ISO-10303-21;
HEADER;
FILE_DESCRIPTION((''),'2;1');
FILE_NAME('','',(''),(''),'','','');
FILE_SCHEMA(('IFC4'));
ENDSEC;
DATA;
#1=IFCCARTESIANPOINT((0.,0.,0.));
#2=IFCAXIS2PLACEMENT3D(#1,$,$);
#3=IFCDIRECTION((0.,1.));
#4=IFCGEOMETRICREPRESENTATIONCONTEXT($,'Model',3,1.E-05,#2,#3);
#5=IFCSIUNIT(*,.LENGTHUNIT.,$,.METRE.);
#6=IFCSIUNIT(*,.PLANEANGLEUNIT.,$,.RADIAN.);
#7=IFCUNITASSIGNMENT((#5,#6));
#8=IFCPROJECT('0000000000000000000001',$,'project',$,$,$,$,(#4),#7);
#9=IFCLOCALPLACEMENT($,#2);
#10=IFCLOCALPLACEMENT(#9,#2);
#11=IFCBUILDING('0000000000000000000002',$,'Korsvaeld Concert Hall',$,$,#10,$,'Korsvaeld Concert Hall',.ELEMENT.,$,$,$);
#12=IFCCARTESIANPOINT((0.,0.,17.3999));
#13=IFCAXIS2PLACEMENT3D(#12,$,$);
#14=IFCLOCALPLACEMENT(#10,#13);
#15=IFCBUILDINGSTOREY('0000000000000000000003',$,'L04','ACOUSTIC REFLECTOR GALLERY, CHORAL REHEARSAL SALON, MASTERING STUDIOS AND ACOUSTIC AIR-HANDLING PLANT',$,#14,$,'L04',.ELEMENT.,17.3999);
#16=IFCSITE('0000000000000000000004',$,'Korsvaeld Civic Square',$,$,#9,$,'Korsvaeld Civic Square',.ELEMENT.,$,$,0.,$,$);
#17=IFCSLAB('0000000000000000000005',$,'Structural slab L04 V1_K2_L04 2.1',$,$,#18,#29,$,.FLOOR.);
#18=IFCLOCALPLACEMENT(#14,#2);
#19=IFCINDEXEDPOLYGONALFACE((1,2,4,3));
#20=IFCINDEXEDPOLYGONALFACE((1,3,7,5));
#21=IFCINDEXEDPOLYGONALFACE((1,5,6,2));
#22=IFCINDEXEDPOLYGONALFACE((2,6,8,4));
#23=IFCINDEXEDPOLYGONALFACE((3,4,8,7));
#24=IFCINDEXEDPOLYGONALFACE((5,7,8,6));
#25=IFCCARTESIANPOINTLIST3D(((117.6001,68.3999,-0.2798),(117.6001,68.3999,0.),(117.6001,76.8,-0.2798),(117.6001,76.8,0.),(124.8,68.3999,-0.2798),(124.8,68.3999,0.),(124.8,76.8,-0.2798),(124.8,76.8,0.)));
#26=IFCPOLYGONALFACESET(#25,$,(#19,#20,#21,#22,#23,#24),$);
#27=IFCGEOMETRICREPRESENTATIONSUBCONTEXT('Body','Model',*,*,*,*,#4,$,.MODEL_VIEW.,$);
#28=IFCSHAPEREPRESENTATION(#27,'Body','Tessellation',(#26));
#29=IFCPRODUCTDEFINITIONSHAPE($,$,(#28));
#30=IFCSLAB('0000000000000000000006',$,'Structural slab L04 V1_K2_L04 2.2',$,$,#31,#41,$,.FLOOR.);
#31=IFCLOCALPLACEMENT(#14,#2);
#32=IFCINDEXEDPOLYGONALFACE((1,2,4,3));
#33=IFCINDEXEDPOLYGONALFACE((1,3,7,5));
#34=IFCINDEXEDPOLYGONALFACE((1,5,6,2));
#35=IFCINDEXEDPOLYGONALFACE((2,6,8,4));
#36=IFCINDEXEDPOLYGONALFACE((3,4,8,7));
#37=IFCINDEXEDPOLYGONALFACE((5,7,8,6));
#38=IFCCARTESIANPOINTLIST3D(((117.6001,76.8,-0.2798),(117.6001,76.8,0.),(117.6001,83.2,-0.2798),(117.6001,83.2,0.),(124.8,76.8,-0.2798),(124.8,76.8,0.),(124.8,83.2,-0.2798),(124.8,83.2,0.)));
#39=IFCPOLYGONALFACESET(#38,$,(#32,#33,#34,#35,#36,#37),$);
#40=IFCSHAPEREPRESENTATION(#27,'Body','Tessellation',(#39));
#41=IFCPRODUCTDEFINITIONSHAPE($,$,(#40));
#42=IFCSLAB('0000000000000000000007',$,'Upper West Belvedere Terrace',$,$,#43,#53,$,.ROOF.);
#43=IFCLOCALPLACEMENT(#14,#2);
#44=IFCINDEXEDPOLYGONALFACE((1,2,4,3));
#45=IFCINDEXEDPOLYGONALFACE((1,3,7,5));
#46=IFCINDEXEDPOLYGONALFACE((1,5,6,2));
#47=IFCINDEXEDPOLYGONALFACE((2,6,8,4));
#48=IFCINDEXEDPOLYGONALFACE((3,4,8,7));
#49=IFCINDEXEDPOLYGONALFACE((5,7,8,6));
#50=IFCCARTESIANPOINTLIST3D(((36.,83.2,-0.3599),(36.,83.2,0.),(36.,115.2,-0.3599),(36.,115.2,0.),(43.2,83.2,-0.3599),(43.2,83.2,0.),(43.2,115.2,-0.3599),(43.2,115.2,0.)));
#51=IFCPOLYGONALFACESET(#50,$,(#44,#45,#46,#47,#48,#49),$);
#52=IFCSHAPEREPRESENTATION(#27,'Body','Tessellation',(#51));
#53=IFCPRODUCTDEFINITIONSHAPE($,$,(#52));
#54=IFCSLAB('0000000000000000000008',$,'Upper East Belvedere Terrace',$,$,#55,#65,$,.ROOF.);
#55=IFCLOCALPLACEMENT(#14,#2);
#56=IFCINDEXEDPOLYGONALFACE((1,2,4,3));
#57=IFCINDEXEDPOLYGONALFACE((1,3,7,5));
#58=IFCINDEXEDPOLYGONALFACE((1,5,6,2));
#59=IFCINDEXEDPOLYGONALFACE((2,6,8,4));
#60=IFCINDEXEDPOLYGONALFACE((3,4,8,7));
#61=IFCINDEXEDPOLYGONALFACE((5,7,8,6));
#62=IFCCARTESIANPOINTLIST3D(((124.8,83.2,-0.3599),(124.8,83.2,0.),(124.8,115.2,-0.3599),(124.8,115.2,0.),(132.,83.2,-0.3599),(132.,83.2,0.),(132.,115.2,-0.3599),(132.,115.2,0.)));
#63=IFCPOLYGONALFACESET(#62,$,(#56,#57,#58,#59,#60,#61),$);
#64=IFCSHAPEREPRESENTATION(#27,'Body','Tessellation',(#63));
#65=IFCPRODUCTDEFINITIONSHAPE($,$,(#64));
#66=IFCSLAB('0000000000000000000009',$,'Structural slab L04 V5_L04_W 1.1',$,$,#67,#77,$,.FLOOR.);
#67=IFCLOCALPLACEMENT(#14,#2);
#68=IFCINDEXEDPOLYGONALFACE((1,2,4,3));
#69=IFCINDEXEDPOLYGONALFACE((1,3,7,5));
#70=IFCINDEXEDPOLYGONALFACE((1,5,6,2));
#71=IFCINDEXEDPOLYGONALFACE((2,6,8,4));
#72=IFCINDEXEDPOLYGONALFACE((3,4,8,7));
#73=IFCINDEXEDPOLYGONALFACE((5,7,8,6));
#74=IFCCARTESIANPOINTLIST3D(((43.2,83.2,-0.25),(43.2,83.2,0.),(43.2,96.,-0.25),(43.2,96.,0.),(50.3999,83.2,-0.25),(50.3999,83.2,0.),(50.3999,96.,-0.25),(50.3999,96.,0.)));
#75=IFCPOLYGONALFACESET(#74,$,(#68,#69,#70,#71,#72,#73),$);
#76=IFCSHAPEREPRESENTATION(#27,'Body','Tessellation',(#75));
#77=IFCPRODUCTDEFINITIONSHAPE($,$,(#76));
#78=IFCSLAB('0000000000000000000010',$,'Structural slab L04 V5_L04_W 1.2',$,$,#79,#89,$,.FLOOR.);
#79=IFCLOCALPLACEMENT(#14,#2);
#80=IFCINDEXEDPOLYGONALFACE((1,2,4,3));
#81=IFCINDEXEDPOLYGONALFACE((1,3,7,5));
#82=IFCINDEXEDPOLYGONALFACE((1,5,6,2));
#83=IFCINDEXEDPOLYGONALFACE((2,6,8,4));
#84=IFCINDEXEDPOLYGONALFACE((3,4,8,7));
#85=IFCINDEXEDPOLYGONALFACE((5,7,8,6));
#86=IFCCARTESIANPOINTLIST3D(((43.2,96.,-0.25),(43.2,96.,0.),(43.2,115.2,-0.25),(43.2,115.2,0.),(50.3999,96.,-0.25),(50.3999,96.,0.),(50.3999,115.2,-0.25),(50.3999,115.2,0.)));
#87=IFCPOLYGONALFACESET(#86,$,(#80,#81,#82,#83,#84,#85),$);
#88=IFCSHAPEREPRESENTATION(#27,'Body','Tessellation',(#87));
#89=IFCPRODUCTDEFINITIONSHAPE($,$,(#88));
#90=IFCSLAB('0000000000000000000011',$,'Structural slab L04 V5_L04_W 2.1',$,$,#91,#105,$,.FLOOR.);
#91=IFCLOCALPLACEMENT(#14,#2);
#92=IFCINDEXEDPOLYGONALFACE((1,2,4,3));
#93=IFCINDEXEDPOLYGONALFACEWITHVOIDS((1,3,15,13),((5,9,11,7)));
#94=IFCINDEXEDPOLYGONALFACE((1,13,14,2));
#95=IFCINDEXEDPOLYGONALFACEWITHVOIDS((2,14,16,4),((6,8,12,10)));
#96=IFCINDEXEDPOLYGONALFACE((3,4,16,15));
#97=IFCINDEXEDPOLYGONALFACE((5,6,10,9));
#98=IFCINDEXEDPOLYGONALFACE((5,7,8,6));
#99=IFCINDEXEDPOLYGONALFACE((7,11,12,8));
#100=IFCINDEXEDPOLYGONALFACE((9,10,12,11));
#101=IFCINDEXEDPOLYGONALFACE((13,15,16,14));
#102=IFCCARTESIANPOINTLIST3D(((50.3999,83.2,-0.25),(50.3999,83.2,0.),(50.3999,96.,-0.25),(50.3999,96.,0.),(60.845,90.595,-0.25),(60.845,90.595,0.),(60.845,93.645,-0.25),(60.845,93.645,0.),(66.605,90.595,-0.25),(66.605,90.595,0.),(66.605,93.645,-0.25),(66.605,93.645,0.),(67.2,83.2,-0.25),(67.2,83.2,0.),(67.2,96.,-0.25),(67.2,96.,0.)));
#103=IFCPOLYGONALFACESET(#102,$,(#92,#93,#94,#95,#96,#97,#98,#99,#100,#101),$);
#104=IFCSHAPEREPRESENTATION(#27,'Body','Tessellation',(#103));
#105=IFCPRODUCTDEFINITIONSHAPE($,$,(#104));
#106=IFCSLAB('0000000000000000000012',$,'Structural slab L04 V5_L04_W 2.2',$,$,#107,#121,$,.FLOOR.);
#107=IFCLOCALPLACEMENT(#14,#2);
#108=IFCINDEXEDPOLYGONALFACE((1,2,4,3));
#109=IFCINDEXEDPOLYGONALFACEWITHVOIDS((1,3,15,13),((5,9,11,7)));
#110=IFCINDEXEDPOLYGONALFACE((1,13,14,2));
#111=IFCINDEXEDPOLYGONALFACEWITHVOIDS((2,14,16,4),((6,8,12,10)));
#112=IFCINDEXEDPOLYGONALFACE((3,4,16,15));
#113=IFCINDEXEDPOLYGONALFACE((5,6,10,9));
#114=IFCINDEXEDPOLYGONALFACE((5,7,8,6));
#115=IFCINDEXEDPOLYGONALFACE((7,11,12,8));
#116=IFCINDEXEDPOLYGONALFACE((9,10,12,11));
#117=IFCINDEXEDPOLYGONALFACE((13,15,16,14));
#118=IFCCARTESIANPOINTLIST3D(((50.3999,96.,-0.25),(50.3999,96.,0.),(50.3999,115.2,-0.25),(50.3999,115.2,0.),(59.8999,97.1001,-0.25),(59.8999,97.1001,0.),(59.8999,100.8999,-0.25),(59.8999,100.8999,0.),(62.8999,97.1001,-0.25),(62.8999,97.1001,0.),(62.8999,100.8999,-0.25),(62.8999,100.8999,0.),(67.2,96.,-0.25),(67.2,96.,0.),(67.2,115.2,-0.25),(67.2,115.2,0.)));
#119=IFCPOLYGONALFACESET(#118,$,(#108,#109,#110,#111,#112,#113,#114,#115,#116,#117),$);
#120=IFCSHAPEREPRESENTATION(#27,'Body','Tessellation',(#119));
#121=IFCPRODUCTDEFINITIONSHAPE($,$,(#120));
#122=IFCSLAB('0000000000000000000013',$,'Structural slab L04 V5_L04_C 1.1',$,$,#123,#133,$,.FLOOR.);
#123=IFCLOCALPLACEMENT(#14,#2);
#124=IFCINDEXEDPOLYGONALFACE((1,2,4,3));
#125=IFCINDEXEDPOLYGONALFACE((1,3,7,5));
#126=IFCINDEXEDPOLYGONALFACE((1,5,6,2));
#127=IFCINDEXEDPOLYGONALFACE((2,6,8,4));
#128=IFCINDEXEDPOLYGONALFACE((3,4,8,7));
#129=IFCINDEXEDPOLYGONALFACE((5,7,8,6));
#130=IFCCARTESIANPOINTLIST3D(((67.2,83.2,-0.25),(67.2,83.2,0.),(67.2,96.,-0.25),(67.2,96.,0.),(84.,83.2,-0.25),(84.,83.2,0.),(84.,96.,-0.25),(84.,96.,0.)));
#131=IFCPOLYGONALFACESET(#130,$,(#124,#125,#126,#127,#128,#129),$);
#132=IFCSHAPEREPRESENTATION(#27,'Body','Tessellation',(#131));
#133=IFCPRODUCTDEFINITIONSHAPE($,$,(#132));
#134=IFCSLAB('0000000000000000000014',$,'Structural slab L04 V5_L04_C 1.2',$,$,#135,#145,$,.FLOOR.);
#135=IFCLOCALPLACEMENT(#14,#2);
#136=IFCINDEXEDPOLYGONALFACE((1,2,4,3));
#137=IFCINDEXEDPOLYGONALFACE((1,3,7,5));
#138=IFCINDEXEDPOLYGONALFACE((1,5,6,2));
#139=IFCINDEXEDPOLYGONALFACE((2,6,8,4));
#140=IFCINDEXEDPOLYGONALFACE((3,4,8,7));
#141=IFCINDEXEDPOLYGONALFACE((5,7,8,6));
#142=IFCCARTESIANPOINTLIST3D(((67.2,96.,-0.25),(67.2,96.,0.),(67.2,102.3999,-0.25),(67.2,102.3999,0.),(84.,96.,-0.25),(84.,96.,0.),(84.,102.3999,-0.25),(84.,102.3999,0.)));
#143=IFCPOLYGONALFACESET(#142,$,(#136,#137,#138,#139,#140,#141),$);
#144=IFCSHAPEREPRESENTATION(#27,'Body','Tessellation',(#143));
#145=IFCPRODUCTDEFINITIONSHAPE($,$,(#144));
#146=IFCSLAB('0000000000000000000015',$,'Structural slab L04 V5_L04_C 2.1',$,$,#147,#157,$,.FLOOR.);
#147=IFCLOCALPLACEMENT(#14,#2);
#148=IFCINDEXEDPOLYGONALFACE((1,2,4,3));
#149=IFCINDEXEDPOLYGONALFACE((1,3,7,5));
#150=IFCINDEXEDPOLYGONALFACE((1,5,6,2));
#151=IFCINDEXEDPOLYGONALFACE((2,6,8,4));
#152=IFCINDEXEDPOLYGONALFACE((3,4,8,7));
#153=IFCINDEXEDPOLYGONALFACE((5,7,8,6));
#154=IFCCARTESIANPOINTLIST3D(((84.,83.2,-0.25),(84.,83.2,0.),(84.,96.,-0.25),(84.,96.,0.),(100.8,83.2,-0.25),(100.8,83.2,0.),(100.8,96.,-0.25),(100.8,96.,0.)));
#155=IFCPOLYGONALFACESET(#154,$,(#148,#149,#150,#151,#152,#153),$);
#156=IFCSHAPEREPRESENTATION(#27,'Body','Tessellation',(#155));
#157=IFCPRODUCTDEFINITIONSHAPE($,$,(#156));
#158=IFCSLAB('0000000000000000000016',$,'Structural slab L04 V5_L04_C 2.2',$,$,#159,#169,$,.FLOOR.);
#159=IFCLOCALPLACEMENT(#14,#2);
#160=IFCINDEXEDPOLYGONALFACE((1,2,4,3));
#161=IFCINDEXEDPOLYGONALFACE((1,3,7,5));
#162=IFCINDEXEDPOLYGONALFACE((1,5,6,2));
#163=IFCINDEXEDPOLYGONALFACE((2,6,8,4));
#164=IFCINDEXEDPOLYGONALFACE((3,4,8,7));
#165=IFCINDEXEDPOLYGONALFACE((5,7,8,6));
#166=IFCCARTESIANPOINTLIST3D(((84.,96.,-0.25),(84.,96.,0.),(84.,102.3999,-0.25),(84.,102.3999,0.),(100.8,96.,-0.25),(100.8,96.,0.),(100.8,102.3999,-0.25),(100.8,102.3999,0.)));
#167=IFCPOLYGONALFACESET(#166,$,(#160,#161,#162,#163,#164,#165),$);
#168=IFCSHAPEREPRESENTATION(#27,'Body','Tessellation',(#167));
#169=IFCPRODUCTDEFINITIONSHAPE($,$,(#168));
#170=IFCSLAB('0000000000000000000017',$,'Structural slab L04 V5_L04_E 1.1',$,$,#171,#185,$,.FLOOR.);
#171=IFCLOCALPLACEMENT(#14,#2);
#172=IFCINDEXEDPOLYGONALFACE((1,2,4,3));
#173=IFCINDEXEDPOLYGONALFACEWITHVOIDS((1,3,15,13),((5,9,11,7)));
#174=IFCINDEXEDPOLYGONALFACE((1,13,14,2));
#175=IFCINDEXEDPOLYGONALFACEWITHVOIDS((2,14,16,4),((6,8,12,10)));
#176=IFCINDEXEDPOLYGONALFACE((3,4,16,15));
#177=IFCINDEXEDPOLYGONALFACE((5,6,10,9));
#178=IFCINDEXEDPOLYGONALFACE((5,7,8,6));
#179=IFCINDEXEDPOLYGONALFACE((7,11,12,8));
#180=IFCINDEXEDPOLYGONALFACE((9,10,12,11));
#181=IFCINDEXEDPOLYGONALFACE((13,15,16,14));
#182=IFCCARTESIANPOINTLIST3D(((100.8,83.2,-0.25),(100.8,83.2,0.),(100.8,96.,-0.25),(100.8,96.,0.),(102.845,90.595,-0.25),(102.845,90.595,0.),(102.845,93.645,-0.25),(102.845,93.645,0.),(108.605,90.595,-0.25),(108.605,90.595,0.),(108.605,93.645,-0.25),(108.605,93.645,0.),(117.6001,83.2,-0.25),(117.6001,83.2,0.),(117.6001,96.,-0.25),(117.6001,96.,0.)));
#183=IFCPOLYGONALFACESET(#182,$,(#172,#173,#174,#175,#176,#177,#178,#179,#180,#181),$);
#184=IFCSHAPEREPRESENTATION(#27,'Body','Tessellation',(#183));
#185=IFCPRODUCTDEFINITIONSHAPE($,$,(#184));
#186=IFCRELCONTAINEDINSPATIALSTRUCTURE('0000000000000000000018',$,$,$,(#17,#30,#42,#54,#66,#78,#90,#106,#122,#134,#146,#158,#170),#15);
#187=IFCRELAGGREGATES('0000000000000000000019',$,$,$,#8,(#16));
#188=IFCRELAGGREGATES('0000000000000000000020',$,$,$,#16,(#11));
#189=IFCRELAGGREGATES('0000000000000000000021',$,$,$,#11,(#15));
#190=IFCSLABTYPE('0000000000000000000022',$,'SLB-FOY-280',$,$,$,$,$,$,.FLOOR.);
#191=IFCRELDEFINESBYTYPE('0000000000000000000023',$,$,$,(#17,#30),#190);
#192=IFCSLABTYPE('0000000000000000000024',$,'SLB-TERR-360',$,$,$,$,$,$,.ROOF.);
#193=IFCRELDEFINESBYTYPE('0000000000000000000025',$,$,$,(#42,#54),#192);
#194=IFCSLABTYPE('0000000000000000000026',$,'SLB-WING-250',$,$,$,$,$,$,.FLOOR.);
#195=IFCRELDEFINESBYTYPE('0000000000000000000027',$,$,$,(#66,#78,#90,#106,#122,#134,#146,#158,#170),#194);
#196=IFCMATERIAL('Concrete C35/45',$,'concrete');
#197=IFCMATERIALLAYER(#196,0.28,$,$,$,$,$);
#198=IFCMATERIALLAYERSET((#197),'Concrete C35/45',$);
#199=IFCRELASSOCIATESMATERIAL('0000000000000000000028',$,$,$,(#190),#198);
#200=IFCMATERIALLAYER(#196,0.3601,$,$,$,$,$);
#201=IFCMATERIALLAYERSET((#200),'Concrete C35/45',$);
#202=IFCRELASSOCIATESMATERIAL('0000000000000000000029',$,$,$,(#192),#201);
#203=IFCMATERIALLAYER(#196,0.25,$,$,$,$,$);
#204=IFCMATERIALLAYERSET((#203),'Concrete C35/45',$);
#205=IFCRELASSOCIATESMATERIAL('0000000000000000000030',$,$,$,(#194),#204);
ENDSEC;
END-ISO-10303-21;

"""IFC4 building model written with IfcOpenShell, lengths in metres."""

from ifc_helpers import new_model, si_unit, direction, frame, origin, place, context, subcontext, project, spatial, polyline, outline, extrude, material, layer, layer_set, type_object, element, save


model = new_model("IFC4")

# Units and contexts
model_context = context("Model", 3, precision=1e-05, world=origin(), true_north=direction((0.0, 1.0)))
body_context = subcontext(model_context, "Body", "Model", "MODEL_VIEW")
ifc_project = project(units=[si_unit("LENGTHUNIT", "METRE"), si_unit("PLANEANGLEUNIT", "RADIAN")], contexts=[model_context])

# Site, building, storey
site_placement = place(None, origin())
site = spatial("IfcSite", under=ifc_project, at=site_placement, Name="Korsvaeld Civic Square", LongName="Korsvaeld Civic Square", CompositionType="ELEMENT", RefElevation=0.0)
building_placement = place(site_placement, origin())
building = spatial("IfcBuilding", under=site, at=building_placement, Name="Korsvaeld Concert Hall", LongName="Korsvaeld Concert Hall", CompositionType="ELEMENT")
storey_placement = place(building_placement, frame((0.0, 0.0, 17.3999)))
storey = spatial("IfcBuildingStorey", under=building, at=storey_placement, Name="L04", Description="ACOUSTIC REFLECTOR GALLERY, CHORAL REHEARSAL SALON, MASTERING STUDIOS AND ACOUSTIC AIR-HANDLING PLANT", LongName="L04", CompositionType="ELEMENT", Elevation=17.3999)

# Shared definitions
ifc_material_1 = material(Name="Concrete C35/45", Category="concrete")

# Slabs
ifc_layer_1 = layer(ifc_material_1, 0.28)
ifc_layer_set_1 = layer_set([ifc_layer_1], Name="Concrete C35/45")
slab_type_1 = type_object("IfcSlabType", Name="SLB-FOY-280", PredefinedType="FLOOR", material=ifc_layer_set_1)
slab_1_placement = place(storey_placement, frame((0.0, 0.0, -0.2798)))
element("IfcSlab", 1, at=slab_1_placement, inside=storey, type_object=slab_type_1, Name="Structural slab L04 V1_K2_L04 2.1", PredefinedType="FLOOR", context=body_context, shape_type="SweptSolid", body=[
    extrude(outline(polyline([(117.6001, 68.3999), (117.6001, 76.8), (124.8, 76.8), (124.8, 68.3999), (117.6001, 68.3999)])), origin(), (0.0, 0.0, 1.0), 0.2798),
])
slab_2_placement = place(storey_placement, frame((0.0, 0.0, -0.2798)))
element("IfcSlab", 2, at=slab_2_placement, inside=storey, type_object=slab_type_1, Name="Structural slab L04 V1_K2_L04 2.2", PredefinedType="FLOOR", context=body_context, shape_type="SweptSolid", body=[
    extrude(outline(polyline([(117.6001, 76.8), (117.6001, 83.2), (124.8, 83.2), (124.8, 76.8), (117.6001, 76.8)])), origin(), (0.0, 0.0, 1.0), 0.2798),
])
ifc_layer_2 = layer(ifc_material_1, 0.3601)
ifc_layer_set_2 = layer_set([ifc_layer_2], Name="Concrete C35/45")
slab_type_2 = type_object("IfcSlabType", Name="SLB-TERR-360", PredefinedType="ROOF", material=ifc_layer_set_2)
slab_3_placement = place(storey_placement, frame((0.0, 0.0, -0.3599)))
element("IfcSlab", 3, at=slab_3_placement, inside=storey, type_object=slab_type_2, Name="Upper West Belvedere Terrace", PredefinedType="ROOF", context=body_context, shape_type="SweptSolid", body=[
    extrude(outline(polyline([(43.2, 83.2), (43.2, 115.2), (36.0, 115.2), (36.0, 83.2), (43.2, 83.2)])), origin(), (0.0, 0.0, 1.0), 0.3599),
])
slab_4_placement = place(storey_placement, frame((0.0, 0.0, -0.3599)))
element("IfcSlab", 4, at=slab_4_placement, inside=storey, type_object=slab_type_2, Name="Upper East Belvedere Terrace", PredefinedType="ROOF", context=body_context, shape_type="SweptSolid", body=[
    extrude(outline(polyline([(132.0, 83.2), (132.0, 115.2), (124.8, 115.2), (124.8, 83.2), (132.0, 83.2)])), origin(), (0.0, 0.0, 1.0), 0.3599),
])
ifc_layer_3 = layer(ifc_material_1, 0.25)
ifc_layer_set_3 = layer_set([ifc_layer_3], Name="Concrete C35/45")
slab_type_3 = type_object("IfcSlabType", Name="SLB-WING-250", PredefinedType="FLOOR", material=ifc_layer_set_3)
slab_5_placement = place(storey_placement, frame((0.0, 0.0, -0.25)))
element("IfcSlab", 5, at=slab_5_placement, inside=storey, type_object=slab_type_3, Name="Structural slab L04 V5_L04_W 1.1", PredefinedType="FLOOR", context=body_context, shape_type="SweptSolid", body=[
    extrude(outline(polyline([(43.2, 83.2), (43.2, 96.0), (50.3999, 96.0), (50.3999, 83.2), (43.2, 83.2)])), origin(), (0.0, 0.0, 1.0), 0.25),
])
slab_6_placement = place(storey_placement, frame((0.0, 0.0, -0.25)))
element("IfcSlab", 6, at=slab_6_placement, inside=storey, type_object=slab_type_3, Name="Structural slab L04 V5_L04_W 1.2", PredefinedType="FLOOR", context=body_context, shape_type="SweptSolid", body=[
    extrude(outline(polyline([(43.2, 96.0), (43.2, 115.2), (50.3999, 115.2), (50.3999, 96.0), (43.2, 96.0)])), origin(), (0.0, 0.0, 1.0), 0.25),
])
slab_7_placement = place(storey_placement, frame((0.0, 0.0, -0.25)))
element("IfcSlab", 7, at=slab_7_placement, inside=storey, type_object=slab_type_3, Name="Structural slab L04 V5_L04_W 2.1", PredefinedType="FLOOR", context=body_context, shape_type="SweptSolid", body=[
    extrude(outline(polyline([(50.3999, 83.2), (50.3999, 96.0), (67.2, 96.0), (67.2, 83.2), (50.3999, 83.2)]), holes=[polyline([(66.605, 90.595), (66.605, 93.645), (60.845, 93.645), (60.845, 90.595), (66.605, 90.595)])]), origin(), (0.0, 0.0, 1.0), 0.25),
])
slab_8_placement = place(storey_placement, frame((0.0, 0.0, -0.25)))
element("IfcSlab", 8, at=slab_8_placement, inside=storey, type_object=slab_type_3, Name="Structural slab L04 V5_L04_W 2.2", PredefinedType="FLOOR", context=body_context, shape_type="SweptSolid", body=[
    extrude(outline(polyline([(50.3999, 96.0), (50.3999, 115.2), (67.2, 115.2), (67.2, 96.0), (50.3999, 96.0)]), holes=[polyline([(59.8999, 100.8999), (59.8999, 97.1001), (62.8999, 97.1001), (62.8999, 100.8999), (59.8999, 100.8999)])]), origin(), (0.0, 0.0, 1.0), 0.25),
])
slab_9_placement = place(storey_placement, frame((0.0, 0.0, -0.25)))
element("IfcSlab", 9, at=slab_9_placement, inside=storey, type_object=slab_type_3, Name="Structural slab L04 V5_L04_C 1.1", PredefinedType="FLOOR", context=body_context, shape_type="SweptSolid", body=[
    extrude(outline(polyline([(67.2, 83.2), (67.2, 96.0), (84.0, 96.0), (84.0, 83.2), (67.2, 83.2)])), origin(), (0.0, 0.0, 1.0), 0.25),
])
slab_10_placement = place(storey_placement, frame((0.0, 0.0, -0.25)))
element("IfcSlab", 10, at=slab_10_placement, inside=storey, type_object=slab_type_3, Name="Structural slab L04 V5_L04_C 1.2", PredefinedType="FLOOR", context=body_context, shape_type="SweptSolid", body=[
    extrude(outline(polyline([(67.2, 96.0), (67.2, 102.3999), (84.0, 102.3999), (84.0, 96.0), (67.2, 96.0)])), origin(), (0.0, 0.0, 1.0), 0.25),
])
slab_11_placement = place(storey_placement, frame((0.0, 0.0, -0.25)))
element("IfcSlab", 11, at=slab_11_placement, inside=storey, type_object=slab_type_3, Name="Structural slab L04 V5_L04_C 2.1", PredefinedType="FLOOR", context=body_context, shape_type="SweptSolid", body=[
    extrude(outline(polyline([(84.0, 83.2), (84.0, 96.0), (100.8, 96.0), (100.8, 83.2), (84.0, 83.2)])), origin(), (0.0, 0.0, 1.0), 0.25),
])
slab_12_placement = place(storey_placement, frame((0.0, 0.0, -0.25)))
element("IfcSlab", 12, at=slab_12_placement, inside=storey, type_object=slab_type_3, Name="Structural slab L04 V5_L04_C 2.2", PredefinedType="FLOOR", context=body_context, shape_type="SweptSolid", body=[
    extrude(outline(polyline([(84.0, 96.0), (84.0, 102.3999), (100.8, 102.3999), (100.8, 96.0), (84.0, 96.0)])), origin(), (0.0, 0.0, 1.0), 0.25),
])
slab_13_placement = place(storey_placement, frame((0.0, 0.0, -0.25)))
element("IfcSlab", 13, at=slab_13_placement, inside=storey, type_object=slab_type_3, Name="Structural slab L04 V5_L04_E 1.1", PredefinedType="FLOOR", context=body_context, shape_type="SweptSolid", body=[
    extrude(outline(polyline([(100.8, 83.2), (100.8, 96.0), (117.6001, 96.0), (117.6001, 83.2), (100.8, 83.2)]), holes=[polyline([(108.605, 90.595), (108.605, 93.645), (102.845, 93.645), (102.845, 90.595), (108.605, 90.595)])]), origin(), (0.0, 0.0, 1.0), 0.25),
])

save(model, "model.ifc")
